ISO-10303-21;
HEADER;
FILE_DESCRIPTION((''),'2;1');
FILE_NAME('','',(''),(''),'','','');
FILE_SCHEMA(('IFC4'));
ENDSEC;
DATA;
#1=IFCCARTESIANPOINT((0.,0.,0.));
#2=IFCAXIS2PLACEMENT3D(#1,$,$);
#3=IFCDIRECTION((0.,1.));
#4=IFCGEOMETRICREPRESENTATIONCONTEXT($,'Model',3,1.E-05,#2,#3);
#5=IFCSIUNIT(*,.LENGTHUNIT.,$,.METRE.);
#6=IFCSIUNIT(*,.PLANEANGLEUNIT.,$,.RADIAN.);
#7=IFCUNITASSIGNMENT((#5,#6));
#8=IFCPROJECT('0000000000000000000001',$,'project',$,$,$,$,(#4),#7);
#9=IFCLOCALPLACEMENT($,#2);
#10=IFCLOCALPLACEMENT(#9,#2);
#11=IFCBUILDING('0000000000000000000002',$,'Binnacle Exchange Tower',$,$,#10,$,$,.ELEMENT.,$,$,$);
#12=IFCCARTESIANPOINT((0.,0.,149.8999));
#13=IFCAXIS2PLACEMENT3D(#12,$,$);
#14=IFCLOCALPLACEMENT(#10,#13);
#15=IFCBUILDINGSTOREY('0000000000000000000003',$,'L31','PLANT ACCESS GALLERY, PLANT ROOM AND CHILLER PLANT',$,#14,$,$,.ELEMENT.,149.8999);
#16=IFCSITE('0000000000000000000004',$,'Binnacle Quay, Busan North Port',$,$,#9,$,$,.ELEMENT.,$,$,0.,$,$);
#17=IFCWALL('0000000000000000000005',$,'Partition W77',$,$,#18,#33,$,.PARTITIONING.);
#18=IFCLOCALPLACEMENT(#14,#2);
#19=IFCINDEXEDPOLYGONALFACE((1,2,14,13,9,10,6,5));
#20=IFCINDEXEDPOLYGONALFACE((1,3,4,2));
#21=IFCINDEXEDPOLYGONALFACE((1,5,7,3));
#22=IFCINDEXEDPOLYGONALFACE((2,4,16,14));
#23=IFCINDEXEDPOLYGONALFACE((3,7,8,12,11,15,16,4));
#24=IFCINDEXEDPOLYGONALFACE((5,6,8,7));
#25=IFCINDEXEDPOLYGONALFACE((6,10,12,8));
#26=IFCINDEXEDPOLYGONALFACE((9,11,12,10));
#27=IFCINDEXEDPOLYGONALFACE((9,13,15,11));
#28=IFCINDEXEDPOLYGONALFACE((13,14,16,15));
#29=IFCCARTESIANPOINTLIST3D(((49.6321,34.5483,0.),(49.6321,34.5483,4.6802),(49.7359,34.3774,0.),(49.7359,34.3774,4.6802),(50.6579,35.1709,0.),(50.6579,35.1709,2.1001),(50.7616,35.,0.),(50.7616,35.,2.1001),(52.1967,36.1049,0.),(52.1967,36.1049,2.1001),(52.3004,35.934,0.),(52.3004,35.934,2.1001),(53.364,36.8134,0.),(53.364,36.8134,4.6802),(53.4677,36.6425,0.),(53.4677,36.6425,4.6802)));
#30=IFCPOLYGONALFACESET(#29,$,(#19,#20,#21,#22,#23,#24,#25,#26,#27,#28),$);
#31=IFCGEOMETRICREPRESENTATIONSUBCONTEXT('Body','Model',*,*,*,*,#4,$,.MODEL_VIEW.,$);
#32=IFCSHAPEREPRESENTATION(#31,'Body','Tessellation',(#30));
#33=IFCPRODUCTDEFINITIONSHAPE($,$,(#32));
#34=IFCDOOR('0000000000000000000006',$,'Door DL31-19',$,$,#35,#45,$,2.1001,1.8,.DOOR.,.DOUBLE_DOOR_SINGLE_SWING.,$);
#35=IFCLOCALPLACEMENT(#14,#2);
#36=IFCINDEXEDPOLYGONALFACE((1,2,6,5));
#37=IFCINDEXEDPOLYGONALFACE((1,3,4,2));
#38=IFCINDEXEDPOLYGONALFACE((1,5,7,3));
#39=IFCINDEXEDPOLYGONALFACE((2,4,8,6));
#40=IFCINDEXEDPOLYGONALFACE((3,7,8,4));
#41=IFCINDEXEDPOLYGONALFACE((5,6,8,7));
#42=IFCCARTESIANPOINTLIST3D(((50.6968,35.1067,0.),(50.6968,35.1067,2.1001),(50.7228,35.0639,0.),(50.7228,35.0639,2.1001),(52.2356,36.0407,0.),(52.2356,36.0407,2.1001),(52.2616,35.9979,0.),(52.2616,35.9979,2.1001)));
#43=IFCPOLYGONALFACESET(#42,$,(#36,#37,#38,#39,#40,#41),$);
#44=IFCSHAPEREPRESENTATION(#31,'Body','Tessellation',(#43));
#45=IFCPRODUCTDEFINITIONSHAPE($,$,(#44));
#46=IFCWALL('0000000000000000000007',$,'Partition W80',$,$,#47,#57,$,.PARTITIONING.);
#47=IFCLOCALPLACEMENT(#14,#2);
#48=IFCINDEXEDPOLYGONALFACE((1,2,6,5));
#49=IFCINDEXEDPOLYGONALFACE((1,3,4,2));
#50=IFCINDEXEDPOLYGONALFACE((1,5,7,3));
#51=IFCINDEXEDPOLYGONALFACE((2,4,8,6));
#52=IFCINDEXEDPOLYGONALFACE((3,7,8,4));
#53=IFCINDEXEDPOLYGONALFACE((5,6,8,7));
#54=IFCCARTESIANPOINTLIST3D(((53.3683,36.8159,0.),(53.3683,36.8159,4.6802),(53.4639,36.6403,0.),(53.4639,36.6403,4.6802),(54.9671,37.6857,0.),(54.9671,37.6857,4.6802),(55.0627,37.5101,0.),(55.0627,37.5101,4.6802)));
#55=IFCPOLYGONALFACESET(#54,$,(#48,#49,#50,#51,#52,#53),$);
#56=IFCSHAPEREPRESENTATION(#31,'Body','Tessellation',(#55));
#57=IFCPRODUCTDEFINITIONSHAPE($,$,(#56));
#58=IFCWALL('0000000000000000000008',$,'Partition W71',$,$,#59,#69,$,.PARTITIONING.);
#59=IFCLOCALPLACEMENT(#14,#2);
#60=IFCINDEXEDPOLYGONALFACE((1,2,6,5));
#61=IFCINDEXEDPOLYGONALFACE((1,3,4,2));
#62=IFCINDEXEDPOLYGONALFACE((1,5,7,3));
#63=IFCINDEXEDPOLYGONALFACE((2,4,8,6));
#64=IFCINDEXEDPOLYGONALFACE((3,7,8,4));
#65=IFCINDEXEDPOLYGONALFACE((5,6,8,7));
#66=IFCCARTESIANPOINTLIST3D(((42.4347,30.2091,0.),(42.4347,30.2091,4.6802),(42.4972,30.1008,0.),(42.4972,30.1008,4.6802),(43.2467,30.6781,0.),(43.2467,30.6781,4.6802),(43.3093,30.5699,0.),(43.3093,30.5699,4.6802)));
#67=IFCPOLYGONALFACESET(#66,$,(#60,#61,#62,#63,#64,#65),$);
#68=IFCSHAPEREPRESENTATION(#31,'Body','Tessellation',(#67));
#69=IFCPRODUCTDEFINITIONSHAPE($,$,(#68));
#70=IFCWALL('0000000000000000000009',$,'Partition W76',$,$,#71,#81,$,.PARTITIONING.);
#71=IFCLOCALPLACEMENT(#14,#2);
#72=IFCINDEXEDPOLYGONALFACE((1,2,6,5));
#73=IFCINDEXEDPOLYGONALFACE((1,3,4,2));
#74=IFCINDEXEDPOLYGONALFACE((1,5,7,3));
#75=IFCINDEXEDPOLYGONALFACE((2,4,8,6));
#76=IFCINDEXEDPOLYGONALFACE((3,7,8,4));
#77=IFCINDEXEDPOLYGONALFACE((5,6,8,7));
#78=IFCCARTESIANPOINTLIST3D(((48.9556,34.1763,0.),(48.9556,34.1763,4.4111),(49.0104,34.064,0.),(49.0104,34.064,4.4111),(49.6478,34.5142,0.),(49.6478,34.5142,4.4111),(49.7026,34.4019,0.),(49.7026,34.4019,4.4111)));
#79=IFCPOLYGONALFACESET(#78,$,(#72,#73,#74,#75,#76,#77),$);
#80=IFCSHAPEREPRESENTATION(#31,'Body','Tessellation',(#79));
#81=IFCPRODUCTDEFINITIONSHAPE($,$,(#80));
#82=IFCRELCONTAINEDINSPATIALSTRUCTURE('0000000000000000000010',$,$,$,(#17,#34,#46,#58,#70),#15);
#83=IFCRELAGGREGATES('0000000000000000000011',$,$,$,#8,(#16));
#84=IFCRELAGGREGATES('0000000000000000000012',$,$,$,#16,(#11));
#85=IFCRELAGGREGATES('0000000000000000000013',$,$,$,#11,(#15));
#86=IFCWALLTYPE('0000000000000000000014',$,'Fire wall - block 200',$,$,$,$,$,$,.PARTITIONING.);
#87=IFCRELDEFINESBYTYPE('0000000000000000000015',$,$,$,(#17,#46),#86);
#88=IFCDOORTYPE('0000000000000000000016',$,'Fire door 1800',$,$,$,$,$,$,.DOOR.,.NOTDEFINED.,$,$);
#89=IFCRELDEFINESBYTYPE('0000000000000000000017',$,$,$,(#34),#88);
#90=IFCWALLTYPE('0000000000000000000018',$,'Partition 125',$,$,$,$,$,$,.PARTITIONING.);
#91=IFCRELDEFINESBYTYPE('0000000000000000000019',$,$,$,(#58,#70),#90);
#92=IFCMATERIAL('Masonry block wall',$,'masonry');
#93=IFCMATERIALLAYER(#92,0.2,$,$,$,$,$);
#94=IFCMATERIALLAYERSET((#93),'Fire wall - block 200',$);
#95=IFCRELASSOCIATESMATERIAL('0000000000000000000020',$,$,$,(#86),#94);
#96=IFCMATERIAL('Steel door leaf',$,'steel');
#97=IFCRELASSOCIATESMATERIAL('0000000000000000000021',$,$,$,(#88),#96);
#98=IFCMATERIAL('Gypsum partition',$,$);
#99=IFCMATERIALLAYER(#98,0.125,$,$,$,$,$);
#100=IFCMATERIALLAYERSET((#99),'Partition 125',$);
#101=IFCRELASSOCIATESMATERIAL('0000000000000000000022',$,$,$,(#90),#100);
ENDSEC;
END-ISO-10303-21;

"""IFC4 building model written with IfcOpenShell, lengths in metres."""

from ifc_helpers import new_model, si_unit, direction, frame, frame_2d, origin, place, context, subcontext, project, spatial, rectangle, extrude, material, layer, layer_set, type_object, element, fill, save


model = new_model("IFC4")

# Units and contexts
model_context = context("Model", 3, precision=1e-05, world=origin(), true_north=direction((0.0, 1.0)))
body_context = subcontext(model_context, "Body", "Model", "MODEL_VIEW")
ifc_project = project(units=[si_unit("LENGTHUNIT", "METRE"), si_unit("PLANEANGLEUNIT", "RADIAN")], contexts=[model_context])

# Site, building, storey
site_placement = place(None, origin())
site = spatial("IfcSite", under=ifc_project, at=site_placement, Name="Binnacle Quay, Busan North Port", CompositionType="ELEMENT", RefElevation=0.0)
building_placement = place(site_placement, origin())
building = spatial("IfcBuilding", under=site, at=building_placement, Name="Binnacle Exchange Tower", CompositionType="ELEMENT")
storey_placement = place(building_placement, frame((0.0, 0.0, 149.8999)))
storey = spatial("IfcBuildingStorey", under=building, at=storey_placement, Name="L31", Description="PLANT ACCESS GALLERY, PLANT ROOM AND CHILLER PLANT", CompositionType="ELEMENT", Elevation=149.8999)

# Shared definitions
ifc_material_1 = material(Name="Masonry block wall", Category="masonry")
ifc_layer_1 = layer(ifc_material_1, 0.2)
ifc_layer_set_1 = layer_set([ifc_layer_1], Name="Fire wall - block 200")
wall_type_1 = type_object("IfcWallType", Name="Fire wall - block 200", PredefinedType="PARTITIONING", material=ifc_layer_set_1)
ifc_material_2 = material(Name="Steel door leaf", Category="steel")
door_type = type_object("IfcDoorType", Name="Fire door 1800", OperationType="NOTDEFINED", PredefinedType="DOOR", material=ifc_material_2)

# Wall, opening, door
wall_1_placement = place(storey_placement, frame((49.6841, 34.4629, 0.0), z_axis=(0.0, 0.0, 1.0), x_axis=(0.854857, 0.518864, 0.0)))
wall_1 = element("IfcWall", 1, at=wall_1_placement, inside=storey, type_object=wall_type_1, Name="Partition W77", PredefinedType="PARTITIONING", context=body_context, shape_type="SweptSolid", body=[
    extrude(rectangle(XDim=4.3655, YDim=0.2, at=frame_2d((2.1826, 0.0))), origin(), (0.0, 0.0, 1.0), 4.6802),
])
opening_1_placement = place(wall_1_placement, frame((1.2, 0.0, 0.0)))
opening_1 = element("IfcOpeningElement", 2, at=opening_1_placement, cuts=wall_1, PredefinedType="OPENING", context=body_context, shape_type="SweptSolid", body=[
    extrude(rectangle(XDim=1.8, YDim=2.1001, at=frame_2d((0.8999, 1.05))), frame((0.0, 0.1099, 0.0), z_axis=(0.0, -1.0, 0.0), x_axis=(1.0, 0.0, 0.0)), (0.0, 0.0, 1.0), 0.22),
])
door_1_placement = place(opening_1_placement, origin())
door_1 = element("IfcDoor", 3, at=door_1_placement, inside=storey, type_object=door_type, Name="Door DL31-19", OperationType="DOUBLE_DOOR_SINGLE_SWING", OverallHeight=2.1001, OverallWidth=1.8, PredefinedType="DOOR", context=body_context, shape_type="SweptSolid", body=[
    extrude(rectangle(XDim=1.8, YDim=2.1001, at=frame_2d((0.8999, 1.05))), frame((0.0, 0.0249, 0.0), z_axis=(0.0, -1.0, 0.0), x_axis=(1.0, 0.0, 0.0)), (0.0, 0.0, 1.0), 0.05),
])
fill(opening_1, door_1)

# Walls
wall_2_placement = place(storey_placement, frame((53.416, 36.728, 0.0), z_axis=(0.0, 0.0, 1.0), x_axis=(0.878413, 0.477903, 0.0)))
element("IfcWall", 4, at=wall_2_placement, inside=storey, type_object=wall_type_1, Name="Partition W80", PredefinedType="PARTITIONING", context=body_context, shape_type="SweptSolid", body=[
    extrude(rectangle(XDim=1.8201, YDim=0.2, at=frame_2d((0.9102, 0.0))), origin(), (0.0, 0.0, 1.0), 4.6802),
])
ifc_material_3 = material(Name="Gypsum partition")
ifc_layer_2 = layer(ifc_material_3, 0.125)
ifc_layer_set_2 = layer_set([ifc_layer_2], Name="Partition 125")
wall_type_2 = type_object("IfcWallType", Name="Partition 125", PredefinedType="PARTITIONING", material=ifc_layer_set_2)
wall_3_placement = place(storey_placement, frame((42.4661, 30.155, 0.0), z_axis=(0.0, 0.0, 1.0), x_axis=(0.865943, 0.500143, 0.0)))
element("IfcWall", 5, at=wall_3_placement, inside=storey, type_object=wall_type_2, Name="Partition W71", PredefinedType="PARTITIONING", context=body_context, shape_type="SweptSolid", body=[
    extrude(rectangle(XDim=0.9377, YDim=0.125, at=frame_2d((0.4688, 0.0))), origin(), (0.0, 0.0, 1.0), 4.6802),
])
wall_4_placement = place(storey_placement, frame((48.9829, 34.1201, 0.0), z_axis=(0.0, 0.0, 1.0), x_axis=(0.898634, 0.438698, 0.0)))
element("IfcWall", 6, at=wall_4_placement, inside=storey, type_object=wall_type_2, Name="Partition W76", PredefinedType="PARTITIONING", context=body_context, shape_type="SweptSolid", body=[
    extrude(rectangle(XDim=0.7703, YDim=0.125, at=frame_2d((0.3853, 0.0))), origin(), (0.0, 0.0, 1.0), 4.4111),
])

save(model, "model.ifc")
